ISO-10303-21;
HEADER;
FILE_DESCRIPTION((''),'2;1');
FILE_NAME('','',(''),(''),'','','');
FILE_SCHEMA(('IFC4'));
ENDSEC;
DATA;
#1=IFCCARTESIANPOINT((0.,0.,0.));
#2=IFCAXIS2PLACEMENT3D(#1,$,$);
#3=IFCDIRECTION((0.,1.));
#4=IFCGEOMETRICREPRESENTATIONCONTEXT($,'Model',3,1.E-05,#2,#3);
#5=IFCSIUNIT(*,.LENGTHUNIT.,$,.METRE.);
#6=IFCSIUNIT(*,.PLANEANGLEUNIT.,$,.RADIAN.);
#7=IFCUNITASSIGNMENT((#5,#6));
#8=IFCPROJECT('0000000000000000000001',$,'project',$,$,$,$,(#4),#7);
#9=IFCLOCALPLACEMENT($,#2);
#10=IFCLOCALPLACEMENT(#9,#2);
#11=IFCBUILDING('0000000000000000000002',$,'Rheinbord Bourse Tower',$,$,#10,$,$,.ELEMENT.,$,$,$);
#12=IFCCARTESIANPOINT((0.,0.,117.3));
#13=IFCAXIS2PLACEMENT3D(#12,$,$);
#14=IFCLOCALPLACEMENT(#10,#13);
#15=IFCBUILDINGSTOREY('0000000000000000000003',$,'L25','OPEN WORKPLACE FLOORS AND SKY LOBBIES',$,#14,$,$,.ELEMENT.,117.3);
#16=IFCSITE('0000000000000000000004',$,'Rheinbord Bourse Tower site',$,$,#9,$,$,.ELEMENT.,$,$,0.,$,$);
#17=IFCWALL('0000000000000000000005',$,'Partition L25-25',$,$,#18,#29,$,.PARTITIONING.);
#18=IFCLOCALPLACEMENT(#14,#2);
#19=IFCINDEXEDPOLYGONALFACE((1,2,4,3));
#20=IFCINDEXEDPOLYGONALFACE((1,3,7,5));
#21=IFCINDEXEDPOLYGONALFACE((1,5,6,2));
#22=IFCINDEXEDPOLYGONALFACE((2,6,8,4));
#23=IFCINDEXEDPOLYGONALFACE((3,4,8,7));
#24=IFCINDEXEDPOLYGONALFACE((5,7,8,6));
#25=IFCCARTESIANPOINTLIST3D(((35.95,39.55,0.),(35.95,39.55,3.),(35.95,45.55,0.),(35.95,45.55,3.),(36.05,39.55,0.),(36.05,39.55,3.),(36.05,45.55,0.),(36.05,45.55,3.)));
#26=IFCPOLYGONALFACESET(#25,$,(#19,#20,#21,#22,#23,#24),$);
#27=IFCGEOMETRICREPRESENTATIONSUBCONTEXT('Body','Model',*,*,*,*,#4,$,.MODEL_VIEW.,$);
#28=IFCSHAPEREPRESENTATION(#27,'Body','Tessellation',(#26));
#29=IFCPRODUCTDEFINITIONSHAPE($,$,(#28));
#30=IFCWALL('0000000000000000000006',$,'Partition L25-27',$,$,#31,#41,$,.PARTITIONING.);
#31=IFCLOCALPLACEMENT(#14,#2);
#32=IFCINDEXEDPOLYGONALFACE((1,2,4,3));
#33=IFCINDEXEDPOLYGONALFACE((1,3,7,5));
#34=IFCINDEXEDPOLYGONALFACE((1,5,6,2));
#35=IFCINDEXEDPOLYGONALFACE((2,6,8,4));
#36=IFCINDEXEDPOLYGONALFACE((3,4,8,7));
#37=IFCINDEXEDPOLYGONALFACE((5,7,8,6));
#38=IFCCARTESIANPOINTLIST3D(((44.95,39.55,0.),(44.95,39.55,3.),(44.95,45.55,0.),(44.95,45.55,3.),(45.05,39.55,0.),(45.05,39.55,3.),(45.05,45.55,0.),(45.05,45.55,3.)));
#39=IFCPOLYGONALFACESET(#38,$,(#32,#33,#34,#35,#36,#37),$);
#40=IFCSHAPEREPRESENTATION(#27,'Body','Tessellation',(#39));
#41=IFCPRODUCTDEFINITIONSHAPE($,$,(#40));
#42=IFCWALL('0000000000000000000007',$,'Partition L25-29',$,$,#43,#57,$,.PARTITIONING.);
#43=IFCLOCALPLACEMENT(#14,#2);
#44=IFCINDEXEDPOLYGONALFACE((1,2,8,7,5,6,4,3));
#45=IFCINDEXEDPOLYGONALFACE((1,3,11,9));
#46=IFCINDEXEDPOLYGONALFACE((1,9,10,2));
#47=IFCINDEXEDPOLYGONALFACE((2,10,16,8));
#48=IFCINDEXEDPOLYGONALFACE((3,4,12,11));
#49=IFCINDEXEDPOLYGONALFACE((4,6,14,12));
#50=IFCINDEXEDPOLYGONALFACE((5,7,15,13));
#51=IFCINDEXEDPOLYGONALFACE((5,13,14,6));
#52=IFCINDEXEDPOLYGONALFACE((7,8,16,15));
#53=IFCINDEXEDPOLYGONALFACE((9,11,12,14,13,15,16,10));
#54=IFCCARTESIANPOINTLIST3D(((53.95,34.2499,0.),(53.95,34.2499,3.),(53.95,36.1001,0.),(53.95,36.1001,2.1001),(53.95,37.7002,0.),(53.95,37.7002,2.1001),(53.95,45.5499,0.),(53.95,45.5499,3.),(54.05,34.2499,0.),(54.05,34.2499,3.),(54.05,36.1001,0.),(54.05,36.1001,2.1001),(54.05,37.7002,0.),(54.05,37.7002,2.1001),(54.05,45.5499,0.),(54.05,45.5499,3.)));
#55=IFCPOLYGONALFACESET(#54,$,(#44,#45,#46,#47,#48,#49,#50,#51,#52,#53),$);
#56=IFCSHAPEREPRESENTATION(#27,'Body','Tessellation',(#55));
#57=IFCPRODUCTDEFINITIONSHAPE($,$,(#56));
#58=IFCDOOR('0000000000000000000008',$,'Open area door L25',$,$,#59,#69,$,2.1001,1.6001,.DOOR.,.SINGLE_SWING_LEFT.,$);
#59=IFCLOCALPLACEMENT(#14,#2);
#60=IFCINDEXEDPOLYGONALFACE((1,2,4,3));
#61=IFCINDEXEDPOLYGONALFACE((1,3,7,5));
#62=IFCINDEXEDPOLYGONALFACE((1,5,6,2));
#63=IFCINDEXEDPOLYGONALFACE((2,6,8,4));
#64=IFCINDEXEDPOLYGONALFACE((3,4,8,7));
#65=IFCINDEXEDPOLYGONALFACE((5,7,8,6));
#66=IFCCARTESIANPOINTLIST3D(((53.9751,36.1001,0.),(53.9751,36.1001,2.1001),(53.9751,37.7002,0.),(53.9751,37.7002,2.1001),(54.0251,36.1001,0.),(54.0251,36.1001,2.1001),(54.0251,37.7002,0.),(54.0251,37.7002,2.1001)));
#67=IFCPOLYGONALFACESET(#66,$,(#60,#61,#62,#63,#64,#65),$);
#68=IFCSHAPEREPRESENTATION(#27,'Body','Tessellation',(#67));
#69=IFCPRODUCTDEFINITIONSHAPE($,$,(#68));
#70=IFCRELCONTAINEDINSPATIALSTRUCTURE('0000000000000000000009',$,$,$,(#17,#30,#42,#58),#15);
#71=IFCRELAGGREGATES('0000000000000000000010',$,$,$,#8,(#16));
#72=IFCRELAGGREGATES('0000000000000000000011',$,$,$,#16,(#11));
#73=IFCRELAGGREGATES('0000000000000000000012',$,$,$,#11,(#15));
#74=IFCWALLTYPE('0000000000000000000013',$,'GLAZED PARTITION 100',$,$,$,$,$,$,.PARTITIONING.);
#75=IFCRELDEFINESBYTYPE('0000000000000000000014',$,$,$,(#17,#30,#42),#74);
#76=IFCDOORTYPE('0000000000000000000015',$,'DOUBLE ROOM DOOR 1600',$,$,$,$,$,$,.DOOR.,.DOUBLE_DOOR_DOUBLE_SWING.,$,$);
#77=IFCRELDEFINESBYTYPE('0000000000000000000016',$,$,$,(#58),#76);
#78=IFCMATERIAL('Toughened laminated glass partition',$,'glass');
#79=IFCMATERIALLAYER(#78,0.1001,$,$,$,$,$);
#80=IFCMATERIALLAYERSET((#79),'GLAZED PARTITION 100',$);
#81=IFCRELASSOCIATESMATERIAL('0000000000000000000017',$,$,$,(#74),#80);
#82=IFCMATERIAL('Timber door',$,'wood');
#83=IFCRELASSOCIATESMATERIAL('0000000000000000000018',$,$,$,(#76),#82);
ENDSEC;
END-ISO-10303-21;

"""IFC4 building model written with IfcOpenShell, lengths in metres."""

from ifc_helpers import new_model, si_unit, direction, frame, frame_2d, origin, place, context, subcontext, project, spatial, rectangle, extrude, material, layer, layer_set, type_object, element, fill, save


model = new_model("IFC4")

# Units and contexts
model_context = context("Model", 3, precision=1e-05, world=origin(), true_north=direction((0.0, 1.0)))
body_context = subcontext(model_context, "Body", "Model", "MODEL_VIEW")
ifc_project = project(units=[si_unit("LENGTHUNIT", "METRE"), si_unit("PLANEANGLEUNIT", "RADIAN")], contexts=[model_context])

# Site, building, storey
site_placement = place(None, origin())
site = spatial("IfcSite", under=ifc_project, at=site_placement, Name="Rheinbord Bourse Tower site", CompositionType="ELEMENT", RefElevation=0.0)
building_placement = place(site_placement, origin())
building = spatial("IfcBuilding", under=site, at=building_placement, Name="Rheinbord Bourse Tower", CompositionType="ELEMENT")
storey_placement = place(building_placement, frame((0.0, 0.0, 117.3)))
storey = spatial("IfcBuildingStorey", under=building, at=storey_placement, Name="L25", Description="OPEN WORKPLACE FLOORS AND SKY LOBBIES", CompositionType="ELEMENT", Elevation=117.3)

# Walls
ifc_material_1 = material(Name="Toughened laminated glass partition", Category="glass")
ifc_layer_1 = layer(ifc_material_1, 0.1001)
ifc_layer_set_1 = layer_set([ifc_layer_1], Name="GLAZED PARTITION 100")
wall_type = type_object("IfcWallType", Name="GLAZED PARTITION 100", PredefinedType="PARTITIONING", material=ifc_layer_set_1)
for number, where, z_axis, x_axis, name in (
    (1, (36.0, 39.55, 0.0), (0.0, 0.0, 1.0), (0.0, 1.0, 0.0), "Partition L25-25"),
    (2, (45.0, 39.55, 0.0), (0.0, 0.0, 1.0), (0.0, 1.0, 0.0), "Partition L25-27"),
):
    element("IfcWall", number, at=place(storey_placement, frame(where, z_axis=z_axis, x_axis=x_axis)), inside=storey, type_object=wall_type, Name=name, PredefinedType="PARTITIONING", context=body_context, shape_type="SweptSolid", body=[
        extrude(rectangle(XDim=6.0, YDim=0.1001, at=frame_2d((3.0, 0.0))), origin(), (0.0, 0.0, 1.0), 3.0),
    ])

# Wall, opening, door
wall_placement = place(storey_placement, frame((54.0, 34.25, 0.0), z_axis=(0.0, 0.0, 1.0), x_axis=(0.0, 1.0, 0.0)))
wall = element("IfcWall", 3, at=wall_placement, inside=storey, type_object=wall_type, Name="Partition L25-29", PredefinedType="PARTITIONING", context=body_context, shape_type="SweptSolid", body=[
    extrude(rectangle(XDim=11.3, YDim=0.1001, at=frame_2d((5.6499, 0.0))), origin(), (0.0, 0.0, 1.0), 3.0),
])
opening_placement = place(wall_placement, frame((1.8501, 0.0, 0.0)))
opening = element("IfcOpeningElement", 4, at=opening_placement, cuts=wall, PredefinedType="OPENING", context=body_context, shape_type="SweptSolid", body=[
    extrude(rectangle(XDim=1.6001, YDim=2.1001, at=frame_2d((0.8, 1.05))), frame((0.0, 0.0601, 0.0), z_axis=(0.0, -1.0, 0.0), x_axis=(1.0, 0.0, 0.0)), (0.0, 0.0, 1.0), 0.1201),
])
ifc_material_2 = material(Name="Timber door", Category="wood")
door_type = type_object("IfcDoorType", Name="DOUBLE ROOM DOOR 1600", OperationType="DOUBLE_DOOR_DOUBLE_SWING", PredefinedType="DOOR", material=ifc_material_2)
door_placement = place(opening_placement, origin())
door = element("IfcDoor", 5, at=door_placement, inside=storey, type_object=door_type, Name="Open area door L25", OperationType="SINGLE_SWING_LEFT", OverallHeight=2.1001, OverallWidth=1.6001, PredefinedType="DOOR", context=body_context, shape_type="SweptSolid", body=[
    extrude(rectangle(XDim=1.6001, YDim=2.1001, at=frame_2d((0.8, 1.05))), frame((0.0, 0.0249, 0.0), z_axis=(0.0, -1.0, 0.0), x_axis=(1.0, 0.0, 0.0)), (0.0, 0.0, 1.0), 0.05),
])
fill(opening, door)

save(model, "model.ifc")
